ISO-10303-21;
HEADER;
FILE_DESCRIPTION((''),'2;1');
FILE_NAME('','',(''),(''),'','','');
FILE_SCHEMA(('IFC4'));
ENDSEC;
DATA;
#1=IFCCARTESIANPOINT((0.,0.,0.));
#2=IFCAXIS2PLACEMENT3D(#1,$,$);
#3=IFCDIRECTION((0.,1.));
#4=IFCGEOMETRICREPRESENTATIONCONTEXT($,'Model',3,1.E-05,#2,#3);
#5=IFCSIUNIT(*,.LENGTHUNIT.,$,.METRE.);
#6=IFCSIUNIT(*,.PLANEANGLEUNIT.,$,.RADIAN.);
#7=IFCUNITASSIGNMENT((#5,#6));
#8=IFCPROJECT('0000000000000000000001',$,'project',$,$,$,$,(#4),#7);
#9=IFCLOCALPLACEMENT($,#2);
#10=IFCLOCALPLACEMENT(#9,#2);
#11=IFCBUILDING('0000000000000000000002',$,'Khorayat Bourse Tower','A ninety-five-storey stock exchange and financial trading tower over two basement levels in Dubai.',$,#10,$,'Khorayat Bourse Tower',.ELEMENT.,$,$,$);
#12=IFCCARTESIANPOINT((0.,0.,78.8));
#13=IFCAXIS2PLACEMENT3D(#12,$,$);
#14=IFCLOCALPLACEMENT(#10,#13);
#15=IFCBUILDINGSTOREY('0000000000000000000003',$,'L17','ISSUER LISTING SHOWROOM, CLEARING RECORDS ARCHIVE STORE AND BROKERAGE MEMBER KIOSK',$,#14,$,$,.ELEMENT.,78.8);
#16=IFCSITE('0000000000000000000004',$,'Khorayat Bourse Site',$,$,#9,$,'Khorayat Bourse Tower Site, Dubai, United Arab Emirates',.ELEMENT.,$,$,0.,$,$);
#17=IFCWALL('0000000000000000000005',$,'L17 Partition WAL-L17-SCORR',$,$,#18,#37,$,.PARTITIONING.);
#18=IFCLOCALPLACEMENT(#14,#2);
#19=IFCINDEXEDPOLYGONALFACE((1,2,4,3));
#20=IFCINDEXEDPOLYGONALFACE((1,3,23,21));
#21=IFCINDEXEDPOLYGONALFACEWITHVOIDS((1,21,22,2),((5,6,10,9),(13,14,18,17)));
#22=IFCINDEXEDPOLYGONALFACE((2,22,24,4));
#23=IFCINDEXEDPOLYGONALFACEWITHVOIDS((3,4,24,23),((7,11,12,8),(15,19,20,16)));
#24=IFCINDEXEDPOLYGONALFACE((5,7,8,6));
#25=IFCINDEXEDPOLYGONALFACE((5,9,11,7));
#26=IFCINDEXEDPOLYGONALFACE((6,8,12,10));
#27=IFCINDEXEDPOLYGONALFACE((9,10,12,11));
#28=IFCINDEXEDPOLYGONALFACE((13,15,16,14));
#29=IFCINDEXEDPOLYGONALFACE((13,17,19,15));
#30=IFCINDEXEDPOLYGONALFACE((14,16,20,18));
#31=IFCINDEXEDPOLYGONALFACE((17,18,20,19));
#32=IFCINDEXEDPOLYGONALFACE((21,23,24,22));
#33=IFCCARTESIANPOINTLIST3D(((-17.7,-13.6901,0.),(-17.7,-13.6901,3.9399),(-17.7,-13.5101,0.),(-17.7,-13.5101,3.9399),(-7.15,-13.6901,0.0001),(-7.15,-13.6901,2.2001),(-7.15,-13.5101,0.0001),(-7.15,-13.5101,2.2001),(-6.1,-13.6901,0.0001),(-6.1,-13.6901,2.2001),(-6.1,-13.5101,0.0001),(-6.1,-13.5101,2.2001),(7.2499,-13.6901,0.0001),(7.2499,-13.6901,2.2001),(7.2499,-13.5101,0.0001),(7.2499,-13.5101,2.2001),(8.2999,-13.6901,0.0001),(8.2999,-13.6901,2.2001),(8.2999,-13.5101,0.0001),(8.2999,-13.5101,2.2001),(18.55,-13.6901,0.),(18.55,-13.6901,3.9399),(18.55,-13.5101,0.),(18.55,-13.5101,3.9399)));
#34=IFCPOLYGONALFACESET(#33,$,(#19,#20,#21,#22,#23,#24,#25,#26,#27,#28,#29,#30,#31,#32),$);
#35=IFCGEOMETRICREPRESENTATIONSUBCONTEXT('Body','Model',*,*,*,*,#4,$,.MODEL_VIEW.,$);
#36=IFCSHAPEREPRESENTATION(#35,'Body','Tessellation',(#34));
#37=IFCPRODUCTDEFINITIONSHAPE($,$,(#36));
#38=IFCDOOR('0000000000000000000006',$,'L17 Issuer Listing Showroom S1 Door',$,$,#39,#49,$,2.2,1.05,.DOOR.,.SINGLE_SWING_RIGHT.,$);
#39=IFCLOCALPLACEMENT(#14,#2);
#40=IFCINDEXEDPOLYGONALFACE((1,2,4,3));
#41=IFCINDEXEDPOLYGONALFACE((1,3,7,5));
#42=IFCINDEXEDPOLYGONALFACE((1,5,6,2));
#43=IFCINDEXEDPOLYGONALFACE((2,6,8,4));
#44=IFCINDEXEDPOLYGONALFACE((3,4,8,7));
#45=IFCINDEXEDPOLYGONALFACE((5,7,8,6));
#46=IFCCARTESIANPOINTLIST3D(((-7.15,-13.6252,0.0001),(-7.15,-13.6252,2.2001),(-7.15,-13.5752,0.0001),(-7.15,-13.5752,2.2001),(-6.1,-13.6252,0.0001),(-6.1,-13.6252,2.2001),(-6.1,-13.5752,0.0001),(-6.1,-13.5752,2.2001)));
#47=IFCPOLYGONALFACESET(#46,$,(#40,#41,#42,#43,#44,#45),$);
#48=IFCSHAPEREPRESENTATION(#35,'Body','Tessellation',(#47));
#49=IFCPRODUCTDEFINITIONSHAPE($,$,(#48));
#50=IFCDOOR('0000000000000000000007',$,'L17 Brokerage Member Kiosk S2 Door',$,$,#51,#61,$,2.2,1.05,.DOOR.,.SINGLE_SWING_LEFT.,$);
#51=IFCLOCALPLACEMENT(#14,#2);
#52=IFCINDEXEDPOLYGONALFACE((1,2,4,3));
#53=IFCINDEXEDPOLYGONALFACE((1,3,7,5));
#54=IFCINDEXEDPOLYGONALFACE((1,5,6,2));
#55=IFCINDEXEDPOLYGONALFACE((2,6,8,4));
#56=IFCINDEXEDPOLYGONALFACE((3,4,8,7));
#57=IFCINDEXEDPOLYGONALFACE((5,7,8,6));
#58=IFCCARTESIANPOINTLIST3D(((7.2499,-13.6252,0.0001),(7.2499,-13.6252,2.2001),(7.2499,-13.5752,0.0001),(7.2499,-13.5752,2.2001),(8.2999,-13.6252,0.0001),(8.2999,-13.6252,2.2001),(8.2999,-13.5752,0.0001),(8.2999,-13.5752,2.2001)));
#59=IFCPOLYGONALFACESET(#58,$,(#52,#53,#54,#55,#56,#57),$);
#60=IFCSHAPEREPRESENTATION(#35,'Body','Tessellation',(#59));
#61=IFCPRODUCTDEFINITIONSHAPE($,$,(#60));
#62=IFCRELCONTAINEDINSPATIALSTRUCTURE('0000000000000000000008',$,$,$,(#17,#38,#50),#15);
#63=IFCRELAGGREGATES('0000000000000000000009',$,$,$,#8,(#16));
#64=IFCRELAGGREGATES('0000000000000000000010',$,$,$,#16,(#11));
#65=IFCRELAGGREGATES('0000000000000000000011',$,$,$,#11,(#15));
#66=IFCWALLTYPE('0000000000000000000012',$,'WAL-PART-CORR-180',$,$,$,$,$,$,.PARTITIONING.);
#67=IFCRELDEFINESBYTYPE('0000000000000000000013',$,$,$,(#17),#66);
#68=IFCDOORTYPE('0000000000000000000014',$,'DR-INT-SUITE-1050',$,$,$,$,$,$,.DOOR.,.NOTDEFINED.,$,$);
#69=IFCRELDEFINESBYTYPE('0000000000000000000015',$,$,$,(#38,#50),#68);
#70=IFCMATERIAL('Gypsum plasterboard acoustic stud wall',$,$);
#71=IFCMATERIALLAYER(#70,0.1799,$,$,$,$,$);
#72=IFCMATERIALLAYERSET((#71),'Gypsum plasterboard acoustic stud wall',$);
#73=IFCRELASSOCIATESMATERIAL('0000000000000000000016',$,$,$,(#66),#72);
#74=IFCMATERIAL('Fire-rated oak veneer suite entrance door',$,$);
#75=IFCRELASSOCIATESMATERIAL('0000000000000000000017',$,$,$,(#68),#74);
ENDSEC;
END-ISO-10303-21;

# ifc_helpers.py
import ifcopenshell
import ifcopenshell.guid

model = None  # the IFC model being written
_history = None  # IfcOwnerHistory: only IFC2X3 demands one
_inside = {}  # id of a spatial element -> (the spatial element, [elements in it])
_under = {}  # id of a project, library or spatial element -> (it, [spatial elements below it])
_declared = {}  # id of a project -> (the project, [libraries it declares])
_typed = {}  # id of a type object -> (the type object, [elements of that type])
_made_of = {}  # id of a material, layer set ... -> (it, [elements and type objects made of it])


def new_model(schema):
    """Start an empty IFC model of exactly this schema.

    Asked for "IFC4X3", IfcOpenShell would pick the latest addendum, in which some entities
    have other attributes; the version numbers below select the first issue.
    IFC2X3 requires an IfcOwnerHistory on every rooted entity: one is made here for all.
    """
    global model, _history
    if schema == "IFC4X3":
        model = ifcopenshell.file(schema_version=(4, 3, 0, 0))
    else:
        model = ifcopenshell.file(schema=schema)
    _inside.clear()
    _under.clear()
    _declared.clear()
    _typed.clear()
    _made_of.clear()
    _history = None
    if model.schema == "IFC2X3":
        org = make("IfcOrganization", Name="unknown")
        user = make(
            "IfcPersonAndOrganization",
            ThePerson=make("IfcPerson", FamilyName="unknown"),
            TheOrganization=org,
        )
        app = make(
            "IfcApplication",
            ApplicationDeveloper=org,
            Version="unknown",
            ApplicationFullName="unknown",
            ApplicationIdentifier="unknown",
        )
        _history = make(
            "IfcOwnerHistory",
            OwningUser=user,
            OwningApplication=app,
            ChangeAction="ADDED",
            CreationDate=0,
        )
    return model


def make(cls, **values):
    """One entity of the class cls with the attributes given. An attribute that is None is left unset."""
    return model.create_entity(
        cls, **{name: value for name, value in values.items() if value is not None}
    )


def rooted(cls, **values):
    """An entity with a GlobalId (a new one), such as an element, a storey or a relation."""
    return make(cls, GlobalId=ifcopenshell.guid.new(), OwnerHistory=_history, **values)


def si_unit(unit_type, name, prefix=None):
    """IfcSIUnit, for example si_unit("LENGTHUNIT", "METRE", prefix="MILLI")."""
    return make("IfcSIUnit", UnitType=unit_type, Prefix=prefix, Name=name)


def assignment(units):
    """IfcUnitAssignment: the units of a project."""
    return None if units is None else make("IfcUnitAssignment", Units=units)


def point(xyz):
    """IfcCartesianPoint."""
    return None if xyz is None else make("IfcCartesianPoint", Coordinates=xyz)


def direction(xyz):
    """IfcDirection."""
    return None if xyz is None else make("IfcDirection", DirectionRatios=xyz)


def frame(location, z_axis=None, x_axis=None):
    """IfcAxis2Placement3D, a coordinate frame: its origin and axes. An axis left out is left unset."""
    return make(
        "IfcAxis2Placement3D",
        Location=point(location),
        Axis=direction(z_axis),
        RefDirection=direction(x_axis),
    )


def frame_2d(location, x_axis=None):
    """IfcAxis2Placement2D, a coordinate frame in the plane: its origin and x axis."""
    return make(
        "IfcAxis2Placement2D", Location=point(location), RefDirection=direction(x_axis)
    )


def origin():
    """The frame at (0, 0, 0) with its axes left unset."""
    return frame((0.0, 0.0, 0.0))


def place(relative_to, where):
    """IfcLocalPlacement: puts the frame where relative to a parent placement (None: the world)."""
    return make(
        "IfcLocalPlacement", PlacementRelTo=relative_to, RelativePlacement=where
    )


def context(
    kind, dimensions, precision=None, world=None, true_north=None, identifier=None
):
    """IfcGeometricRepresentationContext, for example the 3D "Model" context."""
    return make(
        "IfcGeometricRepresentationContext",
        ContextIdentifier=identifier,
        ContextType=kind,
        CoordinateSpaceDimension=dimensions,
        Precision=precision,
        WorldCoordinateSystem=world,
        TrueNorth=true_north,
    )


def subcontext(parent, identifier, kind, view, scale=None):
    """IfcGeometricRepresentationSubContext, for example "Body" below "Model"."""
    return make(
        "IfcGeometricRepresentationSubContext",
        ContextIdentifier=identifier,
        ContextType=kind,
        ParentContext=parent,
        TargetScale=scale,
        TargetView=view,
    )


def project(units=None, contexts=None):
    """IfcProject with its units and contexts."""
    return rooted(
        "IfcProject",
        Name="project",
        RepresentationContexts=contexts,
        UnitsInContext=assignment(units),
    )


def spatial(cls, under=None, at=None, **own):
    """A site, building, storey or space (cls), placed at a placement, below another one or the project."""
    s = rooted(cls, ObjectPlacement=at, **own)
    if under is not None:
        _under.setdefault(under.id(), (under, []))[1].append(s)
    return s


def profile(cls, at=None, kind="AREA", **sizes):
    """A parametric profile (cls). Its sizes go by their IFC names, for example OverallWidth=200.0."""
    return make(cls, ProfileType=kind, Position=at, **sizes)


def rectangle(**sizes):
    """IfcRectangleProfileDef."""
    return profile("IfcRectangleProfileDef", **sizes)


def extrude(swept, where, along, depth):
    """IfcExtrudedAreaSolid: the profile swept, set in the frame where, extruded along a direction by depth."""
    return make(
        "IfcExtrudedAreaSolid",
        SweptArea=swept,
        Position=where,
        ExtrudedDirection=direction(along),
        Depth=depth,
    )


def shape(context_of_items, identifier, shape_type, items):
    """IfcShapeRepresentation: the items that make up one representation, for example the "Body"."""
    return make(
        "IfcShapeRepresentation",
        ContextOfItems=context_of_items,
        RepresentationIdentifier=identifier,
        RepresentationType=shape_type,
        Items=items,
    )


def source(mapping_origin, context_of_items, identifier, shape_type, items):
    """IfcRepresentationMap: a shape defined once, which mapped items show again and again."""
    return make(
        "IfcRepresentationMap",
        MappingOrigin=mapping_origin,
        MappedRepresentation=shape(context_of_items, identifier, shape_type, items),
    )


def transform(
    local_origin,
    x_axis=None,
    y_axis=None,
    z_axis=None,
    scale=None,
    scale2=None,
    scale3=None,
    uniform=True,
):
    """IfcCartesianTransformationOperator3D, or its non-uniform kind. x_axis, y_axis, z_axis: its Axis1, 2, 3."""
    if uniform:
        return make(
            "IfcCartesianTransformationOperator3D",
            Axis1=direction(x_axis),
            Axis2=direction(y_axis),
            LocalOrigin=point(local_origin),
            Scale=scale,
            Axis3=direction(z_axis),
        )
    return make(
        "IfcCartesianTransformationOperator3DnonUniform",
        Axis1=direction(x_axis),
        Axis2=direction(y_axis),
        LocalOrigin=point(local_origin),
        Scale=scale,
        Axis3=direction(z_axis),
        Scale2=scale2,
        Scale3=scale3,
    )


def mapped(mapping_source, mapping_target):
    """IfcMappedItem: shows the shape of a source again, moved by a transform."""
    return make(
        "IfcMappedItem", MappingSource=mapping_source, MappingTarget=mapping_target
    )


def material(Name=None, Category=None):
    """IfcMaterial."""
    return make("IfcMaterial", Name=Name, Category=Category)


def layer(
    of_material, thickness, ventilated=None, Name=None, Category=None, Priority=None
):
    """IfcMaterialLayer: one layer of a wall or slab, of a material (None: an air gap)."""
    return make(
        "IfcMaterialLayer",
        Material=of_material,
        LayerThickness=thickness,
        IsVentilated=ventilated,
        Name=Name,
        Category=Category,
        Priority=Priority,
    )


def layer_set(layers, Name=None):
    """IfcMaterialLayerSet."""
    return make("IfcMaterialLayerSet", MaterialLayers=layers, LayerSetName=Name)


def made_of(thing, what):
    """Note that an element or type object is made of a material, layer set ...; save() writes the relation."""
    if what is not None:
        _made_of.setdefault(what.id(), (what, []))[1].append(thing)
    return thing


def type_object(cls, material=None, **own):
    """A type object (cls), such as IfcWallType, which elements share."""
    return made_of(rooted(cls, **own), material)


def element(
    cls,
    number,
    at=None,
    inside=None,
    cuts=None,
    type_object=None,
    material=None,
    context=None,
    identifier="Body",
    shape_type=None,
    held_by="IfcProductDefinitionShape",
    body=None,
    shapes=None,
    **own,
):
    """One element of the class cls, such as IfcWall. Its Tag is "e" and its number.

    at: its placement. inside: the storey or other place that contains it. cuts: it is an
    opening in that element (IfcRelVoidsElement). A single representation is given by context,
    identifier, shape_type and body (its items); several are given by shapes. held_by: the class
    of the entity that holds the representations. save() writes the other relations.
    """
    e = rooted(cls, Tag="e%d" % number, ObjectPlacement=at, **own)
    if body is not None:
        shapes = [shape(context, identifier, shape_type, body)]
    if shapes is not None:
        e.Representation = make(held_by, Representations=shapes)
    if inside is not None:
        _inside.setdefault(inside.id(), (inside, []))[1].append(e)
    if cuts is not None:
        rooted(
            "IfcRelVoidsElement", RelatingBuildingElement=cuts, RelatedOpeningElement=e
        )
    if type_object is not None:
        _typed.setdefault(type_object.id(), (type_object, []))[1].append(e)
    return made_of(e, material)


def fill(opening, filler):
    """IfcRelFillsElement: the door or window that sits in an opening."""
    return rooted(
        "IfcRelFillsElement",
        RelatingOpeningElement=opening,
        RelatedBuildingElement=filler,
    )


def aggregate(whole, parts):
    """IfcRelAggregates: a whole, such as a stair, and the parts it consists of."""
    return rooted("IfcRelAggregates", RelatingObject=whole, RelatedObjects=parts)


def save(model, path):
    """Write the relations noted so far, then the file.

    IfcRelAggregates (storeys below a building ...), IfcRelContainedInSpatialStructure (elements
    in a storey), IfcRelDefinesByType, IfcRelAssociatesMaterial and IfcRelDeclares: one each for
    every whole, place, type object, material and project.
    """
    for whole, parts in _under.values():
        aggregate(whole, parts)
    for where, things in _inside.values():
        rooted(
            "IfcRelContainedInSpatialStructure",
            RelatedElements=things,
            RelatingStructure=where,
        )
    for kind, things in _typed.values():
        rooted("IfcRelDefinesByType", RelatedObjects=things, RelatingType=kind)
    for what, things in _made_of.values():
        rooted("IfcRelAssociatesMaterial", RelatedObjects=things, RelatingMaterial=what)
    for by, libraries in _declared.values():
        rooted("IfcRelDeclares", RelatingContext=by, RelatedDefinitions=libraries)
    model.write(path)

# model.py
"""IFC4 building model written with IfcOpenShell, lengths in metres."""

from ifc_helpers import new_model, si_unit, direction, frame, frame_2d, origin, place, context, subcontext, project, spatial, rectangle, extrude, source, transform, mapped, material, layer, layer_set, type_object, element, fill, save


model = new_model("IFC4")

# Units and contexts
model_context = context("Model", 3, precision=1e-05, world=origin(), true_north=direction((0.0, 1.0)))
body_context = subcontext(model_context, "Body", "Model", "MODEL_VIEW")
ifc_project = project(units=[si_unit("LENGTHUNIT", "METRE"), si_unit("PLANEANGLEUNIT", "RADIAN")], contexts=[model_context])

# Site, building, storey
site_placement = place(None, origin())
site = spatial("IfcSite", under=ifc_project, at=site_placement, Name="Khorayat Bourse Site", LongName="Khorayat Bourse Tower Site, Dubai, United Arab Emirates", CompositionType="ELEMENT", RefElevation=0.0)
building_placement = place(site_placement, origin())
building = spatial("IfcBuilding", under=site, at=building_placement, Name="Khorayat Bourse Tower", Description="A ninety-five-storey stock exchange and financial trading tower over two basement levels in Dubai.", LongName="Khorayat Bourse Tower", CompositionType="ELEMENT")
storey_placement = place(building_placement, frame((0.0, 0.0, 78.8)))
storey = spatial("IfcBuildingStorey", under=building, at=storey_placement, Name="L17", Description="ISSUER LISTING SHOWROOM, CLEARING RECORDS ARCHIVE STORE AND BROKERAGE MEMBER KIOSK", CompositionType="ELEMENT", Elevation=78.8)

# Wall, openings, doors
ifc_material_1 = material(Name="Gypsum plasterboard acoustic stud wall")
ifc_layer_1 = layer(ifc_material_1, 0.1799)
ifc_layer_set_1 = layer_set([ifc_layer_1], Name="Gypsum plasterboard acoustic stud wall")
wall_type_1 = type_object("IfcWallType", Name="WAL-PART-CORR-180", PredefinedType="PARTITIONING", material=ifc_layer_set_1)
shared_shape_1 = source(origin(), body_context, "Body", "SweptSolid", [
    extrude(rectangle(XDim=36.25, YDim=0.1799, at=frame_2d((18.125, 0.0))), origin(), (0.0, 0.0, 1.0), 3.9399),
])
wall_1_placement = place(storey_placement, frame((-17.7, -13.6001, 0.0), z_axis=(0.0, 0.0, 1.0), x_axis=(1.0, 0.0, 0.0)))
wall_1 = element("IfcWall", 1, at=wall_1_placement, inside=storey, type_object=wall_type_1, Name="L17 Partition WAL-L17-SCORR", PredefinedType="PARTITIONING", context=body_context, shape_type="MappedRepresentation", body=[
    mapped(shared_shape_1, transform((0.0, 0.0, 0.0), scale=1.0)),
])
shared_shape_2 = source(origin(), body_context, "Body", "SweptSolid", [
    extrude(rectangle(XDim=1.05, YDim=2.2, at=frame_2d((0.5249, 1.1001))), frame((0.0, 0.0999, 0.0), z_axis=(0.0, -1.0, 0.0), x_axis=(1.0, 0.0, 0.0)), (0.0, 0.0, 1.0), 0.2),
])
opening_1_placement = place(wall_1_placement, frame((10.55, 0.0, 0.0)))
opening_1 = element("IfcOpeningElement", 2, at=opening_1_placement, cuts=wall_1, PredefinedType="OPENING", context=body_context, shape_type="MappedRepresentation", body=[
    mapped(shared_shape_2, transform((0.0, 0.0, 0.0), scale=1.0)),
])
opening_2_placement = place(wall_1_placement, frame((24.95, 0.0, 0.0)))
opening_2 = element("IfcOpeningElement", 3, at=opening_2_placement, cuts=wall_1, PredefinedType="OPENING", context=body_context, shape_type="MappedRepresentation", body=[
    mapped(shared_shape_2, transform((0.0, 0.0, 0.0), scale=1.0)),
])
ifc_material_2 = material(Name="Fire-rated oak veneer suite entrance door")
door_type_1 = type_object("IfcDoorType", Name="DR-INT-SUITE-1050", OperationType="NOTDEFINED", PredefinedType="DOOR", material=ifc_material_2)
shared_shape_3 = source(origin(), body_context, "Body", "SweptSolid", [
    extrude(rectangle(XDim=1.05, YDim=2.2, at=frame_2d((0.5249, 1.1001))), frame((0.0, 0.0249, 0.0), z_axis=(0.0, -1.0, 0.0), x_axis=(1.0, 0.0, 0.0)), (0.0, 0.0, 1.0), 0.05),
])
door_1_placement = place(opening_1_placement, origin())
door_1 = element("IfcDoor", 4, at=door_1_placement, inside=storey, type_object=door_type_1, Name="L17 Issuer Listing Showroom S1 Door", OperationType="SINGLE_SWING_RIGHT", OverallHeight=2.2, OverallWidth=1.05, PredefinedType="DOOR", context=body_context, shape_type="MappedRepresentation", body=[
    mapped(shared_shape_3, transform((0.0, 0.0, 0.0), scale=1.0)),
])
fill(opening_1, door_1)
door_2_placement = place(opening_2_placement, origin())
door_2 = element("IfcDoor", 5, at=door_2_placement, inside=storey, type_object=door_type_1, Name="L17 Brokerage Member Kiosk S2 Door", OperationType="SINGLE_SWING_LEFT", OverallHeight=2.2, OverallWidth=1.05, PredefinedType="DOOR", context=body_context, shape_type="MappedRepresentation", body=[
    mapped(shared_shape_3, transform((0.0, 0.0, 0.0), scale=1.0)),
])
fill(opening_2, door_2)

save(model, "model.ifc")
